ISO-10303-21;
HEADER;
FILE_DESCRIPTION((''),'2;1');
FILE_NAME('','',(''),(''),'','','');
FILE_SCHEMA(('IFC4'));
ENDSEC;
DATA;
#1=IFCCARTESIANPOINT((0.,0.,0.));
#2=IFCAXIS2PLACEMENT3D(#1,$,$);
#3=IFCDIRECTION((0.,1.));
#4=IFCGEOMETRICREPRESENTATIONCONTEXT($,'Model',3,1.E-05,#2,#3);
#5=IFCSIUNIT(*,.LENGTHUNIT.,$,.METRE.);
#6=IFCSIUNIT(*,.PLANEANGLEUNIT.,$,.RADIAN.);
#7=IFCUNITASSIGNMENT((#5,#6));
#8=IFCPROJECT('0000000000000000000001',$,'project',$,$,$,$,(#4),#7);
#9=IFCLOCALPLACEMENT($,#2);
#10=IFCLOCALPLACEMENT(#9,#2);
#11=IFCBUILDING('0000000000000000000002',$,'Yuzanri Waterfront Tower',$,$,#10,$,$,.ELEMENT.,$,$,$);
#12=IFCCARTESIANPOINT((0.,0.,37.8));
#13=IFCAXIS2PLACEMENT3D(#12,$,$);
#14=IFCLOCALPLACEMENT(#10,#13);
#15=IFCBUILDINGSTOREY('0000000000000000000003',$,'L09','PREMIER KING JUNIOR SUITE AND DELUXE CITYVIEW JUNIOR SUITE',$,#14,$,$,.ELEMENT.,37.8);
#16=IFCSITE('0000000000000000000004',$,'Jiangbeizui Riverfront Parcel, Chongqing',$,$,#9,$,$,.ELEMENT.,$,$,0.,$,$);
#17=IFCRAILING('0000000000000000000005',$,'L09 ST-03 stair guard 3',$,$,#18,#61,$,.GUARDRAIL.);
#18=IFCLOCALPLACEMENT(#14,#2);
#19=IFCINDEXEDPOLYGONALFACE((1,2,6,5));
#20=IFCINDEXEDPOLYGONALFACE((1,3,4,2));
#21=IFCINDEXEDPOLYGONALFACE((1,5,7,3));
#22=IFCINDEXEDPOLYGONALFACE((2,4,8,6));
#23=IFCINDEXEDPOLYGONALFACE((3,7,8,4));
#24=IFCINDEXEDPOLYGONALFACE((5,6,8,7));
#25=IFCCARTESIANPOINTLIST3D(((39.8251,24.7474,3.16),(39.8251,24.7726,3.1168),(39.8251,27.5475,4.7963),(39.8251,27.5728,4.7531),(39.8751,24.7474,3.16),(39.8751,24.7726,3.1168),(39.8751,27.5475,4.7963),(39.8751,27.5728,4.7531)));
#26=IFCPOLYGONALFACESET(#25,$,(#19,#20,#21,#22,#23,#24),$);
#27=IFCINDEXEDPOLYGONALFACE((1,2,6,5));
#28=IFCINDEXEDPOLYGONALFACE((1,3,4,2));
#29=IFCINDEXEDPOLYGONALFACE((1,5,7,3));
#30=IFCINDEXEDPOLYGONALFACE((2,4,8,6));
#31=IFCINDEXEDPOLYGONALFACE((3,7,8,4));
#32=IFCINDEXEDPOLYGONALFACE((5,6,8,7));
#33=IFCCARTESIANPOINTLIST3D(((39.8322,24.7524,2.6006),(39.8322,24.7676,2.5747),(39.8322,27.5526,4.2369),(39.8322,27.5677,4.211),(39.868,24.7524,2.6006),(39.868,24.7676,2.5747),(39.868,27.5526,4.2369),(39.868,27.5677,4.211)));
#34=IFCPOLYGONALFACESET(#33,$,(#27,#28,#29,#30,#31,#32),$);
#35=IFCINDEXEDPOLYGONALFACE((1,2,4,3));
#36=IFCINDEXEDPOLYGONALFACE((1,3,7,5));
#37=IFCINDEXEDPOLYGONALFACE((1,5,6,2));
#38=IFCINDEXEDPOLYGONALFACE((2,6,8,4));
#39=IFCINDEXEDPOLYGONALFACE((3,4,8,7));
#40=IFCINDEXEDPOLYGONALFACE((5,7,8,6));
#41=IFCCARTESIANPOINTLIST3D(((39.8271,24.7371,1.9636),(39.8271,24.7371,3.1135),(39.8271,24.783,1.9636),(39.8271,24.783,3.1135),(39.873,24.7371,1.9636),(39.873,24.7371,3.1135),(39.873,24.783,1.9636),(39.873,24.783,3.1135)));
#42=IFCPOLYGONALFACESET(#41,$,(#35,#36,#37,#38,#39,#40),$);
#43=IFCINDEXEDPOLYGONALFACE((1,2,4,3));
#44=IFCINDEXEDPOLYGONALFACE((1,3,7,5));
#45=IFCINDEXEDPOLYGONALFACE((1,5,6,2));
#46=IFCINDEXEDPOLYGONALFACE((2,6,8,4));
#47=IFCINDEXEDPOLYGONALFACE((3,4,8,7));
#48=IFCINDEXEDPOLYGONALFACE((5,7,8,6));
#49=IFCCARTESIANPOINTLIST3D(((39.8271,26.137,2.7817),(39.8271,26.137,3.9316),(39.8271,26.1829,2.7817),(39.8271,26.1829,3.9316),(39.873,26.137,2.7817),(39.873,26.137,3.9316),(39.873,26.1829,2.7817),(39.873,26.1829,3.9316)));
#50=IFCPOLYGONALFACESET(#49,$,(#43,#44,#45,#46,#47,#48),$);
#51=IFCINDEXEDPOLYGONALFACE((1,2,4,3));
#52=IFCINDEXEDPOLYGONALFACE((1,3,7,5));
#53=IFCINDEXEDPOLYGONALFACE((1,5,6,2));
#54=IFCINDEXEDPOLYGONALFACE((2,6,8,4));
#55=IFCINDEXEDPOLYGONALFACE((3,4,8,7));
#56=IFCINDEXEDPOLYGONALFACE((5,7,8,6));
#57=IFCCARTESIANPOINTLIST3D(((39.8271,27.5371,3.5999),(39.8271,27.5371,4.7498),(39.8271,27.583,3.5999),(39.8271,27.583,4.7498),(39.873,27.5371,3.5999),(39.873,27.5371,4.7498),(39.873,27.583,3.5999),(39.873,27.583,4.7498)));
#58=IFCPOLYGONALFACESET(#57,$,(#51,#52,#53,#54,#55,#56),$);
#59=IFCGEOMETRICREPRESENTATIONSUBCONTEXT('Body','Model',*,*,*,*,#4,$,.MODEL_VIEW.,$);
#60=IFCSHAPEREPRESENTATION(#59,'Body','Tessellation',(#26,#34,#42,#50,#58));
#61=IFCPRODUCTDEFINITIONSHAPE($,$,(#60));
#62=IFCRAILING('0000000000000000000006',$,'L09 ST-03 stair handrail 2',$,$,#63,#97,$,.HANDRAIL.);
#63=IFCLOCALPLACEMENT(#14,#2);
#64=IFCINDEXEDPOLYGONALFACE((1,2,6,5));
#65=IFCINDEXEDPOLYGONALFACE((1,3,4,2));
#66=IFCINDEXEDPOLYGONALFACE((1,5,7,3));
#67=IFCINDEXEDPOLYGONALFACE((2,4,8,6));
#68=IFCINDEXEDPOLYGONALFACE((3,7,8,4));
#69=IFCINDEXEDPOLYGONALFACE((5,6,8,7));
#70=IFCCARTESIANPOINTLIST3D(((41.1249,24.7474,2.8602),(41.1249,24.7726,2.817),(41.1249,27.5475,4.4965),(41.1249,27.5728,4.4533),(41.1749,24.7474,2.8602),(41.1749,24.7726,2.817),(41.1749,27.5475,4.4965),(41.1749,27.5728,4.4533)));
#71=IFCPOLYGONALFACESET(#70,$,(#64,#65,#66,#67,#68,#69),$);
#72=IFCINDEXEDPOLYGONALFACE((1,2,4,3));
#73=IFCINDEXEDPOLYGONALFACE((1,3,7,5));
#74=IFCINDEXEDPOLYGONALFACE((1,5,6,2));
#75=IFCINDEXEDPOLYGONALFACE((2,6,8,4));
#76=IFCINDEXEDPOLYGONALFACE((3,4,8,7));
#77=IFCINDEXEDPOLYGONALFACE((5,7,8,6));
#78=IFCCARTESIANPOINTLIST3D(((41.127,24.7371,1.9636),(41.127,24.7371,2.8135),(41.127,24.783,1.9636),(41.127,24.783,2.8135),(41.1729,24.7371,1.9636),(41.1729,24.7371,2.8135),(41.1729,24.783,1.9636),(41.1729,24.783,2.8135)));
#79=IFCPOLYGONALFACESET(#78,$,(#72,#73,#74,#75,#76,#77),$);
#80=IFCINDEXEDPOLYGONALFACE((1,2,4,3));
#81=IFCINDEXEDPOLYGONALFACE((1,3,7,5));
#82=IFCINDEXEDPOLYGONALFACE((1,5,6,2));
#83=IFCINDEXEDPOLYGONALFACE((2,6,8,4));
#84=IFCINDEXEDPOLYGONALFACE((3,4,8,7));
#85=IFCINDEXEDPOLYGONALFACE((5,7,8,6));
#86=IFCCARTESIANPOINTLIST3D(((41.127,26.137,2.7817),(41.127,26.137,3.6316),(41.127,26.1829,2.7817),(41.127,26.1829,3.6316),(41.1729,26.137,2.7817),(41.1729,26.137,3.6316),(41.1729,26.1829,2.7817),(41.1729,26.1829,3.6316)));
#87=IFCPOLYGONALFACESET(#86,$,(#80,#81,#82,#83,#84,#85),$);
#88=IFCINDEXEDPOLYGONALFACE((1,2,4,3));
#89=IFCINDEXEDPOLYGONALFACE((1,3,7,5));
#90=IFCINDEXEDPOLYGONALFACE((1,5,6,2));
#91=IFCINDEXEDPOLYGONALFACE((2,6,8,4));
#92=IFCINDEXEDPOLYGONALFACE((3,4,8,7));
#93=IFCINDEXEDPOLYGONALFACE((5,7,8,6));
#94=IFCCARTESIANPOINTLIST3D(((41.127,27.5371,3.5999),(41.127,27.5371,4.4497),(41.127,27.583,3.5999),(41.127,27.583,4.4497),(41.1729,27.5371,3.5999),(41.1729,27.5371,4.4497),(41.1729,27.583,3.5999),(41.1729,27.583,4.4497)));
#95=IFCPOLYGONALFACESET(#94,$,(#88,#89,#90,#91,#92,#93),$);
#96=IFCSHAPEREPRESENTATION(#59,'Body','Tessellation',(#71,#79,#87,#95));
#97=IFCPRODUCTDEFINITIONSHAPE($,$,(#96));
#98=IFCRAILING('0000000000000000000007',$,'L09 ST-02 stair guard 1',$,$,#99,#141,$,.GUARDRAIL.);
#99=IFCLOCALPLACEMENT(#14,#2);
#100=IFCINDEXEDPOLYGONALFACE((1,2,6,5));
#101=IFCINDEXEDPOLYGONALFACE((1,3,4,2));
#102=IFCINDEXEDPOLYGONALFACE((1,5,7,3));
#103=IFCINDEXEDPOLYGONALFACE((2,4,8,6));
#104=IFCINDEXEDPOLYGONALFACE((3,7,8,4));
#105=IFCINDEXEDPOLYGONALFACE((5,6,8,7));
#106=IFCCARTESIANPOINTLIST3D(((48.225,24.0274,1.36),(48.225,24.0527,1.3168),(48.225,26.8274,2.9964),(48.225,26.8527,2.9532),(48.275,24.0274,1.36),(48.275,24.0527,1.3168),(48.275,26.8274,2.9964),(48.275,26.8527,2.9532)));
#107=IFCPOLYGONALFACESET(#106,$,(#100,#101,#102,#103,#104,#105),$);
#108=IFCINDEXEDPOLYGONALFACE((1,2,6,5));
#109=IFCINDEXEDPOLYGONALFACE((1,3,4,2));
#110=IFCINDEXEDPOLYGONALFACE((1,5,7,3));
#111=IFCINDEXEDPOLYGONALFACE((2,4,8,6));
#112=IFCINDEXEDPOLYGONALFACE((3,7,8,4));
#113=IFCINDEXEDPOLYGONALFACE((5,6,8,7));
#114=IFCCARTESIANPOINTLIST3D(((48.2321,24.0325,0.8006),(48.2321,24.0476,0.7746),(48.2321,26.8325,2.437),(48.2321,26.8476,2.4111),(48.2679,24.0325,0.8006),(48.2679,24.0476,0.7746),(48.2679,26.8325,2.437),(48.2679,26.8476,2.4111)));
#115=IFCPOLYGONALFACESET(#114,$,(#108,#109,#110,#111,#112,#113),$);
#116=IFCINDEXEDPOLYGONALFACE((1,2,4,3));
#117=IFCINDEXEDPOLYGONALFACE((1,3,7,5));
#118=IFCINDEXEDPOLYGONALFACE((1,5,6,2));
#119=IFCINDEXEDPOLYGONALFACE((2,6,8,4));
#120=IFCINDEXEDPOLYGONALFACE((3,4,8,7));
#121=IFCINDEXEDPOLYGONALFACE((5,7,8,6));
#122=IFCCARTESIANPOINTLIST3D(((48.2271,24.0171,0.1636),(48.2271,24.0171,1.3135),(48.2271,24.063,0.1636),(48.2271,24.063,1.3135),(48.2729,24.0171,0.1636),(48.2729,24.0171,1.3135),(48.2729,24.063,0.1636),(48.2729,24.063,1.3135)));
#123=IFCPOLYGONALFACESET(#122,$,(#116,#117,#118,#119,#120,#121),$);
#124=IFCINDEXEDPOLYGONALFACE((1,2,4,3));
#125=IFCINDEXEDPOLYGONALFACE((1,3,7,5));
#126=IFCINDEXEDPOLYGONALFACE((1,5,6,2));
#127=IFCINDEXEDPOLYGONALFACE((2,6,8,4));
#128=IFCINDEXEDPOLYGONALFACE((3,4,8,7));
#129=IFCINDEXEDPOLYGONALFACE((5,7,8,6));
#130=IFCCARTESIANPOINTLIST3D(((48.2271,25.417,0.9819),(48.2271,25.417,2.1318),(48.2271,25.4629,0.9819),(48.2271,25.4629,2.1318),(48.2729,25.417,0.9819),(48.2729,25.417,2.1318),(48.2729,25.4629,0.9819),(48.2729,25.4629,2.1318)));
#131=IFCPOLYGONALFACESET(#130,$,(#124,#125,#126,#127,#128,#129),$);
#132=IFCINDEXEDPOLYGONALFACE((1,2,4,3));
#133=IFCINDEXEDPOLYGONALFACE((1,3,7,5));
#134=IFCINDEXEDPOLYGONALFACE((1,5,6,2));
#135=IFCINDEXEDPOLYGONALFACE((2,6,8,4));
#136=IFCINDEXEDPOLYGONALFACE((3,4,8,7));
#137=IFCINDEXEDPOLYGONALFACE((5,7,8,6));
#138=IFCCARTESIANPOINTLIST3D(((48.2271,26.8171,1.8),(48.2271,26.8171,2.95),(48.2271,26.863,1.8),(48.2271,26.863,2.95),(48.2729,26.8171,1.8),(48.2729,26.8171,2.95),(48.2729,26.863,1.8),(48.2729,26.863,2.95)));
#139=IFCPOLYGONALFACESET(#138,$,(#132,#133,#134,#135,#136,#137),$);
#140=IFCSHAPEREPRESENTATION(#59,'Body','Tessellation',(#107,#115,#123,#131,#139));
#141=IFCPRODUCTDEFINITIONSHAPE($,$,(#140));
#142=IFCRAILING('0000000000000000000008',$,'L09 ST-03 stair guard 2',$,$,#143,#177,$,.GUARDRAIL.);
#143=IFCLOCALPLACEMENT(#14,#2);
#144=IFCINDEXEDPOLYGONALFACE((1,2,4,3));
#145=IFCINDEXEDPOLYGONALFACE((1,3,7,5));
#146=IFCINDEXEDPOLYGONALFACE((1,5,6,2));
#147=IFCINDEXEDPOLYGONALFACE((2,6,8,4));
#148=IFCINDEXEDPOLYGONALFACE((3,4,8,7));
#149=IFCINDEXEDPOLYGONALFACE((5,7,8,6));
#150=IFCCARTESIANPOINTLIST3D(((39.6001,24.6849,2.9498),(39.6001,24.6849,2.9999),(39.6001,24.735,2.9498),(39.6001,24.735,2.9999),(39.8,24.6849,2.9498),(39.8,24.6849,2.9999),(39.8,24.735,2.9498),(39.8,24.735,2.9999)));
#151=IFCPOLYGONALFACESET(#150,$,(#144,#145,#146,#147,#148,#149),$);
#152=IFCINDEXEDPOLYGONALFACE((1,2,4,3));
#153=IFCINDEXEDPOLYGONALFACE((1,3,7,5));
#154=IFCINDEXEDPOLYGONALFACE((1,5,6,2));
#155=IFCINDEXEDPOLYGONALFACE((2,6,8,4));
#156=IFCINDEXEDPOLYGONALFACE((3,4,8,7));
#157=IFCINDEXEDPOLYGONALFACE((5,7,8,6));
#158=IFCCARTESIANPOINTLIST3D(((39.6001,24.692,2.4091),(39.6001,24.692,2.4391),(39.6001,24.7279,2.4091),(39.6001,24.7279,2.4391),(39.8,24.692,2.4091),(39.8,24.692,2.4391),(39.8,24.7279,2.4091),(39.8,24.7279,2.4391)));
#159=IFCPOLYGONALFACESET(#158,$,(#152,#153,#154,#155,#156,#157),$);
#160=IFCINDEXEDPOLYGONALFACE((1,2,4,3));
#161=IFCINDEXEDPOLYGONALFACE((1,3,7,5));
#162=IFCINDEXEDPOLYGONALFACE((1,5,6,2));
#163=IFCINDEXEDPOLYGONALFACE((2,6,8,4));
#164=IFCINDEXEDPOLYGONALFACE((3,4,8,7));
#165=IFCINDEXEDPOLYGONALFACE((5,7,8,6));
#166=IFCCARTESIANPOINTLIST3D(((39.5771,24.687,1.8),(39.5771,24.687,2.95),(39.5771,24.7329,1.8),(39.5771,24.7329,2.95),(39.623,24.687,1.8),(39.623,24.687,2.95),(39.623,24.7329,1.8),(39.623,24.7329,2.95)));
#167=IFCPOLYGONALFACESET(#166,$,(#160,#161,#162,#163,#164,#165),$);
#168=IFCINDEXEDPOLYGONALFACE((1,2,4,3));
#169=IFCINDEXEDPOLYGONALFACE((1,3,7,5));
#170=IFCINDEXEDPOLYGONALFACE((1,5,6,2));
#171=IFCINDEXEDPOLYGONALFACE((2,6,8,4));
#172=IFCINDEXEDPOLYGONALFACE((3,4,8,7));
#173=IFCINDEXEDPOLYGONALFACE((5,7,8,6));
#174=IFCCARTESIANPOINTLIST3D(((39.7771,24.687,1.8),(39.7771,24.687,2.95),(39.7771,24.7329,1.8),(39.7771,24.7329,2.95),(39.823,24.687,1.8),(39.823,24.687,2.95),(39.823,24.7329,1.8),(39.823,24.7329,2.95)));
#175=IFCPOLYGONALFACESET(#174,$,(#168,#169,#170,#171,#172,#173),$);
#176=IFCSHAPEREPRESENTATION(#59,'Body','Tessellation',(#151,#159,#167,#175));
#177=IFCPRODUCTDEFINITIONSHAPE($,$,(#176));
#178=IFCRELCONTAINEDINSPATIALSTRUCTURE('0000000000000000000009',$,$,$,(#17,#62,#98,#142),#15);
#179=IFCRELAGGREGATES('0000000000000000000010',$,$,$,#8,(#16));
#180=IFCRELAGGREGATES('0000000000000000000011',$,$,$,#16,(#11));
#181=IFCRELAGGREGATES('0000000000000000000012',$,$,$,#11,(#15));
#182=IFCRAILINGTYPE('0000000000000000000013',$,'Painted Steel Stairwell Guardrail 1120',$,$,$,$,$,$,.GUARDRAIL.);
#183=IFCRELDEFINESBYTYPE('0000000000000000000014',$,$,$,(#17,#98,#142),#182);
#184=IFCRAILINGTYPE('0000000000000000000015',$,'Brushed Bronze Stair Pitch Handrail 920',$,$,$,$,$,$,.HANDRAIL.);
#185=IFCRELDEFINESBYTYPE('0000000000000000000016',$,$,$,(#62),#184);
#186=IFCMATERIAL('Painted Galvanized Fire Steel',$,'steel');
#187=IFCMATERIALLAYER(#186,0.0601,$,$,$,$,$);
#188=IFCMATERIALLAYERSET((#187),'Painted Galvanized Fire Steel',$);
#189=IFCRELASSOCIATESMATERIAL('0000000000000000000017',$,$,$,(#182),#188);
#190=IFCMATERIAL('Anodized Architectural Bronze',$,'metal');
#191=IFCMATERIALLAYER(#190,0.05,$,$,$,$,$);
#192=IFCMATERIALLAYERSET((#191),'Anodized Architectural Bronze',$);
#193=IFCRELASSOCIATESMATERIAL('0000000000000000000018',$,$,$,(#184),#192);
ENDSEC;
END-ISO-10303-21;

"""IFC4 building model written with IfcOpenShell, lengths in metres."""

from ifc_helpers import new_model, si_unit, direction, frame, origin, origin_2d, place, context, subcontext, project, spatial, rectangle, extrude, source, transform, mapped, material, layer, layer_set, type_object, element, save


model = new_model("IFC4")

# Units and contexts
model_context = context("Model", 3, precision=1e-05, world=origin(), true_north=direction((0.0, 1.0)))
body_context = subcontext(model_context, "Body", "Model", "MODEL_VIEW")
ifc_project = project(units=[si_unit("LENGTHUNIT", "METRE"), si_unit("PLANEANGLEUNIT", "RADIAN")], contexts=[model_context])

# Site, building, storey
site_placement = place(None, origin())
site = spatial("IfcSite", under=ifc_project, at=site_placement, Name="Jiangbeizui Riverfront Parcel, Chongqing", CompositionType="ELEMENT", RefElevation=0.0)
building_placement = place(site_placement, origin())
building = spatial("IfcBuilding", under=site, at=building_placement, Name="Yuzanri Waterfront Tower", CompositionType="ELEMENT")
storey_placement = place(building_placement, frame((0.0, 0.0, 37.8)))
storey = spatial("IfcBuildingStorey", under=building, at=storey_placement, Name="L09", Description="PREMIER KING JUNIOR SUITE AND DELUXE CITYVIEW JUNIOR SUITE", CompositionType="ELEMENT", Elevation=37.8)

# Railings
ifc_material_1 = material(Name="Painted Galvanized Fire Steel", Category="steel")
ifc_layer_1 = layer(ifc_material_1, 0.0601)
ifc_layer_set_1 = layer_set([ifc_layer_1], Name="Painted Galvanized Fire Steel")
railing_type_1 = type_object("IfcRailingType", Name="Painted Steel Stairwell Guardrail 1120", PredefinedType="GUARDRAIL", material=ifc_layer_set_1)
shared_shape_1 = source(origin(), body_context, "Body", "SweptSolid", [
    extrude(rectangle(XDim=0.05, YDim=0.05, at=origin_2d()), frame((0.0, 0.0, 1.1748), z_axis=(0.0, 0.863394, 0.504531), x_axis=(-1.0, 0.0, 0.0)), (0.0, 0.0, 1.0), 3.2432),
    extrude(rectangle(XDim=0.0359, YDim=0.03, at=origin_2d()), frame((0.0, 0.0, 0.624), z_axis=(0.0, 0.863394, 0.504531), x_axis=(-1.0, 0.0, 0.0)), (0.0, 0.0, 1.0), 3.2432),
    extrude(rectangle(XDim=0.0459, YDim=0.0459, at=origin_2d()), origin(), (0.0, 0.0, 1.0), 1.1499),
    extrude(rectangle(XDim=0.0459, YDim=0.0459, at=origin_2d()), frame((0.0, 1.3999, 0.8181)), (0.0, 0.0, 1.0), 1.1499),
    extrude(rectangle(XDim=0.0459, YDim=0.0459, at=origin_2d()), frame((0.0, 2.8, 1.6362)), (0.0, 0.0, 1.0), 1.1499),
])
railing_1_placement = place(storey_placement, frame((39.8501, 24.76, 1.9636)))
element("IfcRailing", 1, at=railing_1_placement, inside=storey, type_object=railing_type_1, Name="L09 ST-03 stair guard 3", PredefinedType="GUARDRAIL", context=body_context, shape_type="MappedRepresentation", body=[
    mapped(shared_shape_1, transform((0.0, 0.0, 0.0), scale=1.0)),
])
ifc_material_2 = material(Name="Anodized Architectural Bronze", Category="metal")
ifc_layer_2 = layer(ifc_material_2, 0.05)
ifc_layer_set_2 = layer_set([ifc_layer_2], Name="Anodized Architectural Bronze")
railing_type_2 = type_object("IfcRailingType", Name="Brushed Bronze Stair Pitch Handrail 920", PredefinedType="HANDRAIL", material=ifc_layer_set_2)
shared_shape_2 = source(origin(), body_context, "Body", "SweptSolid", [
    extrude(rectangle(XDim=0.05, YDim=0.05, at=origin_2d()), frame((0.0, 0.0, 0.875), z_axis=(0.0, 0.863394, 0.504531), x_axis=(-1.0, 0.0, 0.0)), (0.0, 0.0, 1.0), 3.2432),
    extrude(rectangle(XDim=0.0459, YDim=0.0459, at=origin_2d()), origin(), (0.0, 0.0, 1.0), 0.8499),
    extrude(rectangle(XDim=0.0459, YDim=0.0459, at=origin_2d()), frame((0.0, 1.3999, 0.8181)), (0.0, 0.0, 1.0), 0.8499),
    extrude(rectangle(XDim=0.0459, YDim=0.0459, at=origin_2d()), frame((0.0, 2.8, 1.6362)), (0.0, 0.0, 1.0), 0.8499),
])
railing_2_placement = place(storey_placement, frame((41.1499, 24.76, 1.9636)))
element("IfcRailing", 2, at=railing_2_placement, inside=storey, type_object=railing_type_2, Name="L09 ST-03 stair handrail 2", PredefinedType="HANDRAIL", context=body_context, shape_type="MappedRepresentation", body=[
    mapped(shared_shape_2, transform((0.0, 0.0, 0.0), scale=1.0)),
])
shared_shape_3 = source(origin(), body_context, "Body", "SweptSolid", [
    extrude(rectangle(XDim=0.05, YDim=0.05, at=origin_2d()), frame((0.0, 0.0, 1.1748), z_axis=(0.0, 0.863361, 0.504587), x_axis=(-1.0, 0.0, 0.0)), (0.0, 0.0, 1.0), 3.2432),
    extrude(rectangle(XDim=0.0359, YDim=0.03, at=origin_2d()), frame((0.0, 0.0, 0.624), z_axis=(0.0, 0.863361, 0.504587), x_axis=(-1.0, 0.0, 0.0)), (0.0, 0.0, 1.0), 3.2432),
    extrude(rectangle(XDim=0.0459, YDim=0.0459, at=origin_2d()), origin(), (0.0, 0.0, 1.0), 1.1499),
    extrude(rectangle(XDim=0.0459, YDim=0.0459, at=origin_2d()), frame((0.0, 1.3999, 0.8184)), (0.0, 0.0, 1.0), 1.1499),
    extrude(rectangle(XDim=0.0459, YDim=0.0459, at=origin_2d()), frame((0.0, 2.8, 1.6365)), (0.0, 0.0, 1.0), 1.1499),
])
railing_3_placement = place(storey_placement, frame((48.25, 24.04, 0.1636)))
element("IfcRailing", 3, at=railing_3_placement, inside=storey, type_object=railing_type_1, Name="L09 ST-02 stair guard 1", PredefinedType="GUARDRAIL", context=body_context, shape_type="MappedRepresentation", body=[
    mapped(shared_shape_3, transform((0.0, 0.0, 0.0), scale=1.0)),
])
shared_shape_4 = source(origin(), body_context, "Body", "SweptSolid", [
    extrude(rectangle(XDim=0.05, YDim=0.05, at=origin_2d()), frame((0.0, 0.0, 1.1748), z_axis=(1.0, 0.0, 0.0), x_axis=(0.0, 1.0, 0.0)), (0.0, 0.0, 1.0), 0.2),
    extrude(rectangle(XDim=0.0359, YDim=0.03, at=origin_2d()), frame((0.0, 0.0, 0.624), z_axis=(1.0, 0.0, 0.0), x_axis=(0.0, 1.0, 0.0)), (0.0, 0.0, 1.0), 0.2),
    extrude(rectangle(XDim=0.0459, YDim=0.0459, at=origin_2d()), origin(), (0.0, 0.0, 1.0), 1.1499),
    extrude(rectangle(XDim=0.0459, YDim=0.0459, at=origin_2d()), frame((0.2, 0.0, 0.0)), (0.0, 0.0, 1.0), 1.1499),
])
railing_4_placement = place(storey_placement, frame((39.6001, 24.71, 1.8)))
element("IfcRailing", 4, at=railing_4_placement, inside=storey, type_object=railing_type_1, Name="L09 ST-03 stair guard 2", PredefinedType="GUARDRAIL", context=body_context, shape_type="MappedRepresentation", body=[
    mapped(shared_shape_4, transform((0.0, 0.0, 0.0), scale=1.0)),
])

save(model, "model.ifc")
